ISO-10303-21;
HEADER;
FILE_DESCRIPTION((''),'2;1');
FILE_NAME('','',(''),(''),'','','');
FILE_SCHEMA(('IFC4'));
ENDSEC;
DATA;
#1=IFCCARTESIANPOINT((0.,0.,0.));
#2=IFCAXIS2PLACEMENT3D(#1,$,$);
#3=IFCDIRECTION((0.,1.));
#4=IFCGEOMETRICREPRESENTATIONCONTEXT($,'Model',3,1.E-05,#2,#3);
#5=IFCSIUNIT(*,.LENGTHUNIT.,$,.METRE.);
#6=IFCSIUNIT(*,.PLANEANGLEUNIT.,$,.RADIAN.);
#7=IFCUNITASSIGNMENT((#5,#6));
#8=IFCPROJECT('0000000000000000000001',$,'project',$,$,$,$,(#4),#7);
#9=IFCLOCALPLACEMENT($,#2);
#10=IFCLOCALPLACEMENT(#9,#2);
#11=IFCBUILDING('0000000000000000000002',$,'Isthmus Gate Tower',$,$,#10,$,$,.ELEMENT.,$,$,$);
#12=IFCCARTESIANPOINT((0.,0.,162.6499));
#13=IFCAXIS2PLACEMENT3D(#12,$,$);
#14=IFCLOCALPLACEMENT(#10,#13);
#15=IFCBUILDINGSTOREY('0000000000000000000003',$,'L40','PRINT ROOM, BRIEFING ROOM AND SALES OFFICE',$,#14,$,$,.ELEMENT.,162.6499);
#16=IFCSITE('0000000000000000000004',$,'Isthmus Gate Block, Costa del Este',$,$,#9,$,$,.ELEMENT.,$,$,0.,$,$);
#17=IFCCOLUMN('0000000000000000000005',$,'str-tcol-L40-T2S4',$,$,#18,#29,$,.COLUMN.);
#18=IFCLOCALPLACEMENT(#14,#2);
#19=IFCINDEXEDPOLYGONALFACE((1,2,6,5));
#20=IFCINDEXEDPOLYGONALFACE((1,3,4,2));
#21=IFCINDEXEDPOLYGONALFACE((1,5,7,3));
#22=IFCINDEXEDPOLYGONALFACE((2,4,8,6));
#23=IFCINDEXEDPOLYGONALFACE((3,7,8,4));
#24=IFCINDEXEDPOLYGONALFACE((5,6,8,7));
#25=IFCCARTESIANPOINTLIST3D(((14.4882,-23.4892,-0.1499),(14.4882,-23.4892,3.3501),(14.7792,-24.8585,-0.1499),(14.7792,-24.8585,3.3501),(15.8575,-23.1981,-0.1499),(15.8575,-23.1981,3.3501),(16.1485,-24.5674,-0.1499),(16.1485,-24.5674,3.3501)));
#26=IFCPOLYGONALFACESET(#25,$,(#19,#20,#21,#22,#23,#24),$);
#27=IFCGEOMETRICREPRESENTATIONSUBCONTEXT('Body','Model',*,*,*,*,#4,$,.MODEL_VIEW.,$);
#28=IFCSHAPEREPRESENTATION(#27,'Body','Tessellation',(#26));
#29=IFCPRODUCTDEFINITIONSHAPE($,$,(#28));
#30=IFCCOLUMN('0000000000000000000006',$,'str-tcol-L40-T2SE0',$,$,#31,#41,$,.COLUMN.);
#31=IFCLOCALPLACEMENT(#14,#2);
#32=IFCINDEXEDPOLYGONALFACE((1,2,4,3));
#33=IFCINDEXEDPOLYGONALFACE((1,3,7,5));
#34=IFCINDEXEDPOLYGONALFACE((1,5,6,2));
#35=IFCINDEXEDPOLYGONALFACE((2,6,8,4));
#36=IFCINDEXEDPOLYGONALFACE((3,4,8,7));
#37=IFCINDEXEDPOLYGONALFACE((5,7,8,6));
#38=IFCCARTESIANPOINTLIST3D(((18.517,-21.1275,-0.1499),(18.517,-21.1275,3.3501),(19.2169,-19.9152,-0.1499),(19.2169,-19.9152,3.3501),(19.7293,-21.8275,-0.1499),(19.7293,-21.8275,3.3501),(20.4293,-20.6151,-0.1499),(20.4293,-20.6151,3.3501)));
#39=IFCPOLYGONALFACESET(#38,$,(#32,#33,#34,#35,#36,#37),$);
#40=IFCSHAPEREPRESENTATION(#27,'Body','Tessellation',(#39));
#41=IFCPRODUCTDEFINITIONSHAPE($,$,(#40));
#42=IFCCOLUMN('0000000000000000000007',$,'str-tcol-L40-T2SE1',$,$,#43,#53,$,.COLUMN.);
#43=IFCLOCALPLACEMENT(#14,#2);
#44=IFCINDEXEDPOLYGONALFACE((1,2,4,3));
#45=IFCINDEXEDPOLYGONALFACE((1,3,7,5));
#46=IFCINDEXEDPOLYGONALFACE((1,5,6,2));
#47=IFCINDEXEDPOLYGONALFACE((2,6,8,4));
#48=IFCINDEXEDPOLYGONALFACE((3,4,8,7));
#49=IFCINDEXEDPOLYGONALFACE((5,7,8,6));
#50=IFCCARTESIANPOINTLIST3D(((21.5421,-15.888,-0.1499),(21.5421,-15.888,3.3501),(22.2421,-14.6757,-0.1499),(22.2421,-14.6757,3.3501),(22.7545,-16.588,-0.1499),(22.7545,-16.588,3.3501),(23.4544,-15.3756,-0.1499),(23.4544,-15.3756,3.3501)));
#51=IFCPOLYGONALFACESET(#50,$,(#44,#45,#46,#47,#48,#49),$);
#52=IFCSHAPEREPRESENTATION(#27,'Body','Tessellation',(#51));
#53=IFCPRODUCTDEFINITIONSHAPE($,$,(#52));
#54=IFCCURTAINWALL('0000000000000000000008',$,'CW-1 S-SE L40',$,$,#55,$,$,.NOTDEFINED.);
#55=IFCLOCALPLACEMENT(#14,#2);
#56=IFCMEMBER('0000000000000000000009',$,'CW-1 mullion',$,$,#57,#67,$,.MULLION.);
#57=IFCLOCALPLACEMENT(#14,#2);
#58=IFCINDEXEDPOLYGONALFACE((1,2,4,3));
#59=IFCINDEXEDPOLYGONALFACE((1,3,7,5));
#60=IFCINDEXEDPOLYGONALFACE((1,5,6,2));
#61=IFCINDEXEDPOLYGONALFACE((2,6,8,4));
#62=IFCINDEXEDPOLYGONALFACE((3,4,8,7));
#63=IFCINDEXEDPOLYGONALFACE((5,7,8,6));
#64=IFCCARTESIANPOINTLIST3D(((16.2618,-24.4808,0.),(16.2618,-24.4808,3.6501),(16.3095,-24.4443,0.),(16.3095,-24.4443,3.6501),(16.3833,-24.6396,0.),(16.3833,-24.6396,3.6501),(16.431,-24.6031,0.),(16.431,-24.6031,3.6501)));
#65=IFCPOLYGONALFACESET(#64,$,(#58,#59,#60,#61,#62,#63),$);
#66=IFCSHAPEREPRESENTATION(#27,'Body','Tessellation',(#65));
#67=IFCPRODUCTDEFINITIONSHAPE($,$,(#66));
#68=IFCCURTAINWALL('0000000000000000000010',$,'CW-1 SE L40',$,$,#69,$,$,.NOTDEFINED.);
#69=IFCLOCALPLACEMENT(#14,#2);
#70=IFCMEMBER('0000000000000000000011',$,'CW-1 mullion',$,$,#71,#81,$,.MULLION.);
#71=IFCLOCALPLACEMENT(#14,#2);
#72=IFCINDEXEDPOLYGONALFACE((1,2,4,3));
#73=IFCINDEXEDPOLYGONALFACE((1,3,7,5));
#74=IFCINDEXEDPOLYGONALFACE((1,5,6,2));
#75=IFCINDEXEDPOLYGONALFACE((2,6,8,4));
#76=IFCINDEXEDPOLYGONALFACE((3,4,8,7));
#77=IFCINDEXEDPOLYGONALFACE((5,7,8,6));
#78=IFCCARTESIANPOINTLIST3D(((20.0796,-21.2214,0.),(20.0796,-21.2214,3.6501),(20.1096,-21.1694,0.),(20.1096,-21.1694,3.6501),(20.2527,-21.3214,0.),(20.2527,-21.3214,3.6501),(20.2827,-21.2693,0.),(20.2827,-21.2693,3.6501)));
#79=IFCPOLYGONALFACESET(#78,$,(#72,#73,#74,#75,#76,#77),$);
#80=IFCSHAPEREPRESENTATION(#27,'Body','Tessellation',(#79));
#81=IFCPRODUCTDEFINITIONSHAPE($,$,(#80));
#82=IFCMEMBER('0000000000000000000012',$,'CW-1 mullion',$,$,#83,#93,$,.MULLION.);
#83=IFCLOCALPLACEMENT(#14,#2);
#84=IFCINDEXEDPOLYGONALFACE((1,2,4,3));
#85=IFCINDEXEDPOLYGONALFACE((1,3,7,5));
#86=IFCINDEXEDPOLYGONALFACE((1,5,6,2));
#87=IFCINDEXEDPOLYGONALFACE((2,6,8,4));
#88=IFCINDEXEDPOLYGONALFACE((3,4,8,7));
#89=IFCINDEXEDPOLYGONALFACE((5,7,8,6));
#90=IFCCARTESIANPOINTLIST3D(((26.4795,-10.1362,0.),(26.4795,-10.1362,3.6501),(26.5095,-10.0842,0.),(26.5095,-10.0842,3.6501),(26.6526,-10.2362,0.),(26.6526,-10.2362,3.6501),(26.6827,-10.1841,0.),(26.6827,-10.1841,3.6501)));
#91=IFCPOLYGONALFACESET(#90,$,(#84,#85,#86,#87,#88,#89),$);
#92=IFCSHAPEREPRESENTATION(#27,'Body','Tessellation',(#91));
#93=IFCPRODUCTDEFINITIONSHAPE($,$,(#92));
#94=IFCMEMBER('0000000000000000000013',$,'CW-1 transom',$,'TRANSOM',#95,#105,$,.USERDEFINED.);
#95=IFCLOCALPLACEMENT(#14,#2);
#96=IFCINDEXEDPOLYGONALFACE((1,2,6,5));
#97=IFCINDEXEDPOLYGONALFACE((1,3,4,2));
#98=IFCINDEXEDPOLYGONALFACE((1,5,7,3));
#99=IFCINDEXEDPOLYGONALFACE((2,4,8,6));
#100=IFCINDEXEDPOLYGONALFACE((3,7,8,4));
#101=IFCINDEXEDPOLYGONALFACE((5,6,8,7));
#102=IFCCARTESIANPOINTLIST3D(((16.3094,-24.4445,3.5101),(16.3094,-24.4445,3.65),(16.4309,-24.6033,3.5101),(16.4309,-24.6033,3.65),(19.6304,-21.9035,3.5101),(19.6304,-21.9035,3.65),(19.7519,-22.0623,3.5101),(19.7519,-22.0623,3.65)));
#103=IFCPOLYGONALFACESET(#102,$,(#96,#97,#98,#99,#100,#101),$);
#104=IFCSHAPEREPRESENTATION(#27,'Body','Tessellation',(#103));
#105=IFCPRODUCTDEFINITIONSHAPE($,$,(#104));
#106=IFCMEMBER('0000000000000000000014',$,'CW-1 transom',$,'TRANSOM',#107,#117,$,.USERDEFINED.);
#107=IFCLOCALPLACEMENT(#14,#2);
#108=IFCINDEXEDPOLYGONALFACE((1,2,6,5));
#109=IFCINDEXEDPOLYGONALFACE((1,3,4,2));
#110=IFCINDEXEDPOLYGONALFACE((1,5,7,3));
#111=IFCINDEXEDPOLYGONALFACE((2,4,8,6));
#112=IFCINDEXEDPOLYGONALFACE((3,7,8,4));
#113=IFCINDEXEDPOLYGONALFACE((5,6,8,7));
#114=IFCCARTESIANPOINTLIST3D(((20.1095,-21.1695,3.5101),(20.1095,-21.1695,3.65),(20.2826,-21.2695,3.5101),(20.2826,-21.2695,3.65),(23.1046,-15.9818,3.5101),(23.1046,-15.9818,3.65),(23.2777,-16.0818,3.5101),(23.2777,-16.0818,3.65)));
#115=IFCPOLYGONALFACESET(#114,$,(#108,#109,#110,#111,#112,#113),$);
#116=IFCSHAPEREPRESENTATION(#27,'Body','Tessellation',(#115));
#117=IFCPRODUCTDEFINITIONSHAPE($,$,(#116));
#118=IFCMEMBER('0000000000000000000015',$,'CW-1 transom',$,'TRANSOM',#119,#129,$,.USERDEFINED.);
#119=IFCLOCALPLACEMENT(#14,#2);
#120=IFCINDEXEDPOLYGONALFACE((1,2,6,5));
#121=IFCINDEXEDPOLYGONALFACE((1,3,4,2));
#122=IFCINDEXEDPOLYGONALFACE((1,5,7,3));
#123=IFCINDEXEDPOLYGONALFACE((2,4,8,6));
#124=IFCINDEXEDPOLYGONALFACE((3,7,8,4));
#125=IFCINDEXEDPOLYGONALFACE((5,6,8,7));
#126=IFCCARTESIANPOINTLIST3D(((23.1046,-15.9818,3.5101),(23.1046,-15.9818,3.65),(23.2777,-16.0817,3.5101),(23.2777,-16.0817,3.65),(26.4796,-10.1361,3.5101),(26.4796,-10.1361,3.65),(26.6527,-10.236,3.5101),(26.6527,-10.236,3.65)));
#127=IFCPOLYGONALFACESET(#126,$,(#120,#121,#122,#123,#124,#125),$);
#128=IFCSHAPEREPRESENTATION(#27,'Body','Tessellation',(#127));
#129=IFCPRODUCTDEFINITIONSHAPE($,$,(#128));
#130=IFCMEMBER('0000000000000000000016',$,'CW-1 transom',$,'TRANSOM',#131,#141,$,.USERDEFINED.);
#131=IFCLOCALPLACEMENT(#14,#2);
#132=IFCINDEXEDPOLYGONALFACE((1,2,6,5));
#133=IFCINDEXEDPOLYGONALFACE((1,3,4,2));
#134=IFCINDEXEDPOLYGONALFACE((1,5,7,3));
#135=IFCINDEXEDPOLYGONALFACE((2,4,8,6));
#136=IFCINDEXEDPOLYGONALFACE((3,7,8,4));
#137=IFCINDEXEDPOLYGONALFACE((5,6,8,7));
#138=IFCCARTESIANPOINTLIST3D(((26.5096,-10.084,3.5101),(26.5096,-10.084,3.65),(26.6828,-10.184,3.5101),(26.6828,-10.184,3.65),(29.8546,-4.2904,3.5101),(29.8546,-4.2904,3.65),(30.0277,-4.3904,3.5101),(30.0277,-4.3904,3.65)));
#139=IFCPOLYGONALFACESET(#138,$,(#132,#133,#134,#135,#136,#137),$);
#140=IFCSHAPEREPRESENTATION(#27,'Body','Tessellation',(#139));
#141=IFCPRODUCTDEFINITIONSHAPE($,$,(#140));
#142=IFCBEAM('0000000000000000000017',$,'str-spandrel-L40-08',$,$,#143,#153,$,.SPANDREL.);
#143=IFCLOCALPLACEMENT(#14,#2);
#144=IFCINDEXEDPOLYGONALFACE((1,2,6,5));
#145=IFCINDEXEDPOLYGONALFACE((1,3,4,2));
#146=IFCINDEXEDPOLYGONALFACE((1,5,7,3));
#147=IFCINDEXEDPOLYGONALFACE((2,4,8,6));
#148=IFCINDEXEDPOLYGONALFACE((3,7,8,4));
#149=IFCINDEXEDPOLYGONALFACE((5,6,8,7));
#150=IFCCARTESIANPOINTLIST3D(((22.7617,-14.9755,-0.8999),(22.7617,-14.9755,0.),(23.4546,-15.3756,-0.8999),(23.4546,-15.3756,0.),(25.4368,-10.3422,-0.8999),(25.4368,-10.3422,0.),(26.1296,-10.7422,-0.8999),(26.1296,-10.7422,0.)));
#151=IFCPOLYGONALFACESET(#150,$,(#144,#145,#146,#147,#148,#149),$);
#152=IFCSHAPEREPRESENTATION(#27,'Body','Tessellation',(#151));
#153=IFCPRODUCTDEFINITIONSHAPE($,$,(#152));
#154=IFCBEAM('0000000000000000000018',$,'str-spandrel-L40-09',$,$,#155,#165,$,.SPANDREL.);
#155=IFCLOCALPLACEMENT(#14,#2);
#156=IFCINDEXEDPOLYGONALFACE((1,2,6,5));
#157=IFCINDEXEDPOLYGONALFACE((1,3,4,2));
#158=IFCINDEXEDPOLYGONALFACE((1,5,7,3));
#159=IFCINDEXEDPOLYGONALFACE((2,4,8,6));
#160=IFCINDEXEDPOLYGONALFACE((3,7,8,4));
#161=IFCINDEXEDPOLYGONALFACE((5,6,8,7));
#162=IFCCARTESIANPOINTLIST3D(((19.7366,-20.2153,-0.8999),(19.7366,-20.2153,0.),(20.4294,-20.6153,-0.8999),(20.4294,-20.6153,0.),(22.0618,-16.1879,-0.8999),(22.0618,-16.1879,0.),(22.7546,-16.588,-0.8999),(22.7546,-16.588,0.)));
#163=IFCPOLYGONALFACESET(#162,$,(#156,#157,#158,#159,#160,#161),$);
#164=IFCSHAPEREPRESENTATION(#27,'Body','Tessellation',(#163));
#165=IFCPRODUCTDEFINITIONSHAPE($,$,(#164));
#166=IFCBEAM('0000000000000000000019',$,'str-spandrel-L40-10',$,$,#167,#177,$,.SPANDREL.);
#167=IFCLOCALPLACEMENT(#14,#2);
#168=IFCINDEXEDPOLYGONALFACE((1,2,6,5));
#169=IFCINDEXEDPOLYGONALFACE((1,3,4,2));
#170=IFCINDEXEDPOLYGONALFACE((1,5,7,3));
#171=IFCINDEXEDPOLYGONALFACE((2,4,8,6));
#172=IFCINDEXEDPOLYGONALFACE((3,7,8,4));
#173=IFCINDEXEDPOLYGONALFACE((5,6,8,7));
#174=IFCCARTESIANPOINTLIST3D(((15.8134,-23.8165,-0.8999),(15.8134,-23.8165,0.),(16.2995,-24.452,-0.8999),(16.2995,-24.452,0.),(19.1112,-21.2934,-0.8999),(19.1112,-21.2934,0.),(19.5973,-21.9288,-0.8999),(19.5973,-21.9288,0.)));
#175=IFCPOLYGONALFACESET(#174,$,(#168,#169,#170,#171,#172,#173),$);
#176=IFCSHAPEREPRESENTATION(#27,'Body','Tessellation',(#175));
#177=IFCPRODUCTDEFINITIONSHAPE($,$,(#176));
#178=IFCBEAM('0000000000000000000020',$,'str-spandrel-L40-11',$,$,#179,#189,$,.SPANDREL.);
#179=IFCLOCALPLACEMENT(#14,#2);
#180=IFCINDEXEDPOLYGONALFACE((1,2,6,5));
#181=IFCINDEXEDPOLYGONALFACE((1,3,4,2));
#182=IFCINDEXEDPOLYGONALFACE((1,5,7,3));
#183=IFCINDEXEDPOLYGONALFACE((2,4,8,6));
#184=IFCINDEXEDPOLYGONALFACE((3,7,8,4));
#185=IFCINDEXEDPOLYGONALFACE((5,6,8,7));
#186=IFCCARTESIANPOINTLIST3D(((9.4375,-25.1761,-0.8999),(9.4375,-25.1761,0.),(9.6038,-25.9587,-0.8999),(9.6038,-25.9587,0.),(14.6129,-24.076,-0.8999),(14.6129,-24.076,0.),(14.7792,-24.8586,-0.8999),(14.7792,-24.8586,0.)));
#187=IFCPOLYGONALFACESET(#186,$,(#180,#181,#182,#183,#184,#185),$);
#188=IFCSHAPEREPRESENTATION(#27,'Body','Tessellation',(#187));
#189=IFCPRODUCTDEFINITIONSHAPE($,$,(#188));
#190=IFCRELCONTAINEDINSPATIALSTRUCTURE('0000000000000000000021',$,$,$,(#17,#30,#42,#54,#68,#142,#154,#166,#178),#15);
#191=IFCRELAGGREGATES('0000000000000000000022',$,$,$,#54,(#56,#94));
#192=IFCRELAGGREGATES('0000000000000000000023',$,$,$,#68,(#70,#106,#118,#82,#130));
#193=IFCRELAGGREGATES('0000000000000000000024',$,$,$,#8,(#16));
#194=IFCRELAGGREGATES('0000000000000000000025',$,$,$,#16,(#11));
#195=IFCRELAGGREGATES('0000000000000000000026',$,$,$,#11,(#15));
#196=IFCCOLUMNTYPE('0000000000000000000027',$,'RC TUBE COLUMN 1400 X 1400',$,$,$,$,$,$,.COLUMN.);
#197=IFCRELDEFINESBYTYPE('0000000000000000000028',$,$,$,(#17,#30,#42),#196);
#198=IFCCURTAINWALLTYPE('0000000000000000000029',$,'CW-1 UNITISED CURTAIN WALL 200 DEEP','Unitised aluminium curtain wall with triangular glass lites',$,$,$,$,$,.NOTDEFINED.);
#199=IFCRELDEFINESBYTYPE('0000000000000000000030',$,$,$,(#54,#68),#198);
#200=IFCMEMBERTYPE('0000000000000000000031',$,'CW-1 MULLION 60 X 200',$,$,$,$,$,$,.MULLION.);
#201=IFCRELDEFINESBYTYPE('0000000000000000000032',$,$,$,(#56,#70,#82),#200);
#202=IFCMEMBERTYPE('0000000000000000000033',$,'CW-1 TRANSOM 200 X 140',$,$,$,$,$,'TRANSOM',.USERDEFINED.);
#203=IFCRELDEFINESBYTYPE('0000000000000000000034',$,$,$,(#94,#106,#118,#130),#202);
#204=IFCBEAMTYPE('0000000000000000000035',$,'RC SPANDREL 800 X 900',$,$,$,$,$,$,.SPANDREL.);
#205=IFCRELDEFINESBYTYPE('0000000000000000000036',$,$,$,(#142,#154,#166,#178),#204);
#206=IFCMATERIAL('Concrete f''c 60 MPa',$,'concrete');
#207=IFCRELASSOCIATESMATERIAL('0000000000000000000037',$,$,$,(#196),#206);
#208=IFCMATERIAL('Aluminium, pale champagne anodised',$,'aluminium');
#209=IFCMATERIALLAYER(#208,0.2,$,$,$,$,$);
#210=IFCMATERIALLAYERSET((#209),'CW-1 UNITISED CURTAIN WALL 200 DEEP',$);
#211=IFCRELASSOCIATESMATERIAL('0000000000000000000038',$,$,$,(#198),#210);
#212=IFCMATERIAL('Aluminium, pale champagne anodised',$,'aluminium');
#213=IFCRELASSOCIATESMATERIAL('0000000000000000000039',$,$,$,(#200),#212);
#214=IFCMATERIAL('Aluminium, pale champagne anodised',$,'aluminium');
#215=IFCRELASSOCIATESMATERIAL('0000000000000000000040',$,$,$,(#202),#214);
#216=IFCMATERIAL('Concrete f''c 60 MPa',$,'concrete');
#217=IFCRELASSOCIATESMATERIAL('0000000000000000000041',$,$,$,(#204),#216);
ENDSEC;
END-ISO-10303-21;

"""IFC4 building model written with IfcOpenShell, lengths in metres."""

from ifc_helpers import new_model, si_unit, direction, frame, origin, origin_2d, place, context, subcontext, project, spatial, rectangle, extrude, material, layer, layer_set, material_profile, profile_set, type_object, element, aggregate, save


model = new_model("IFC4")

# Units and contexts
model_context = context("Model", 3, precision=1e-05, world=origin(), true_north=direction((0.0, 1.0)))
body_context = subcontext(model_context, "Body", "Model", "MODEL_VIEW")
ifc_project = project(units=[si_unit("LENGTHUNIT", "METRE"), si_unit("PLANEANGLEUNIT", "RADIAN")], contexts=[model_context])

# Site, building, storey
site_placement = place(None, origin())
site = spatial("IfcSite", under=ifc_project, at=site_placement, Name="Isthmus Gate Block, Costa del Este", CompositionType="ELEMENT", RefElevation=0.0)
building_placement = place(site_placement, origin())
building = spatial("IfcBuilding", under=site, at=building_placement, Name="Isthmus Gate Tower", CompositionType="ELEMENT")
storey_placement = place(building_placement, frame((0.0, 0.0, 162.6499)))
storey = spatial("IfcBuildingStorey", under=building, at=storey_placement, Name="L40", Description="PRINT ROOM, BRIEFING ROOM AND SALES OFFICE", CompositionType="ELEMENT", Elevation=162.6499)

# Columns
ifc_material_1 = material(Name="Concrete f'c 60 MPa", Category="concrete")
ifc_material_profile_1 = material_profile(ifc_material_1, rectangle(XDim=1.3999, YDim=1.3999, at=origin_2d()), Name="RC 1400X1400")
ifc_profile_set_1 = profile_set([ifc_material_profile_1], Name="Concrete f'c 60 MPa")
column_type = type_object("IfcColumnType", Name="RC TUBE COLUMN 1400 X 1400", PredefinedType="COLUMN", material=ifc_profile_set_1)
for number, where, z_axis, x_axis, name in (
    (1, (15.3184, -24.0283, -0.1499), (0.0, 0.0, 1.0), (0.978148, 0.207912, 0.0), "str-tcol-L40-T2S4"),
    (2, (19.4731, -20.8713, -0.1499), (0.0, 0.0, 1.0), (0.5, 0.866025, 0.0), "str-tcol-L40-T2SE0"),
    (3, (22.4983, -15.6318, -0.1499), (0.0, 0.0, 1.0), (0.5, 0.866025, 0.0), "str-tcol-L40-T2SE1"),
):
    element("IfcColumn", number, at=place(storey_placement, frame(where, z_axis=z_axis, x_axis=x_axis)), inside=storey, type_object=column_type, Name=name, PredefinedType="COLUMN", context=body_context, shape_type="SweptSolid", body=[
        extrude(rectangle(XDim=1.3999, YDim=1.3999, at=origin_2d()), origin(), (0.0, 0.0, 1.0), 3.5),
    ])

# Curtain wall, member
ifc_material_2 = material(Name="Aluminium, pale champagne anodised", Category="aluminium")
ifc_layer_1 = layer(ifc_material_2, 0.2)
ifc_layer_set_1 = layer_set([ifc_layer_1], Name="CW-1 UNITISED CURTAIN WALL 200 DEEP")
curtain_wall_type = type_object("IfcCurtainWallType", Name="CW-1 UNITISED CURTAIN WALL 200 DEEP", Description="Unitised aluminium curtain wall with triangular glass lites", PredefinedType="NOTDEFINED", material=ifc_layer_set_1)
curtain_wall_1_placement = place(storey_placement, origin())
curtain_wall_1 = element("IfcCurtainWall", 4, at=curtain_wall_1_placement, inside=storey, type_object=curtain_wall_type, Name="CW-1 S-SE L40", PredefinedType="NOTDEFINED")
ifc_material_3 = material(Name="Aluminium, pale champagne anodised", Category="aluminium")
ifc_material_profile_2 = material_profile(ifc_material_3, rectangle(XDim=0.0601, YDim=0.2, at=origin_2d()), Name="60x200")
ifc_profile_set_2 = profile_set([ifc_material_profile_2], Name="Aluminium, pale champagne anodised")
member_type_1 = type_object("IfcMemberType", Name="CW-1 MULLION 60 X 200", PredefinedType="MULLION", material=ifc_profile_set_2)
member_1_placement = place(storey_placement, frame((16.3464, -24.542, 0.0), z_axis=(0.0, 0.0, 1.0), x_axis=(0.794189, 0.607671, 0.0)))
member_1 = element("IfcMember", 5, at=member_1_placement, type_object=member_type_1, Name="CW-1 mullion", PredefinedType="MULLION", context=body_context, shape_type="SweptSolid", body=[
    extrude(rectangle(XDim=0.0601, YDim=0.2, at=origin_2d()), origin(), (0.0, 0.0, 1.0), 3.6501),
])

# Curtain wall, members
curtain_wall_2_placement = place(storey_placement, origin())
curtain_wall_2 = element("IfcCurtainWall", 6, at=curtain_wall_2_placement, inside=storey, type_object=curtain_wall_type, Name="CW-1 SE L40", PredefinedType="NOTDEFINED")
member_2_placement = place(storey_placement, frame((20.1812, -21.2454, 0.0), z_axis=(0.0, 0.0, 1.0), x_axis=(0.5, 0.866025, 0.0)))
member_2 = element("IfcMember", 7, at=member_2_placement, type_object=member_type_1, Name="CW-1 mullion", PredefinedType="MULLION", context=body_context, shape_type="SweptSolid", body=[
    extrude(rectangle(XDim=0.0601, YDim=0.2, at=origin_2d()), origin(), (0.0, 0.0, 1.0), 3.6501),
])
member_3_placement = place(storey_placement, frame((26.5811, -10.1602, 0.0), z_axis=(0.0, 0.0, 1.0), x_axis=(0.5, 0.866025, 0.0)))
member_3 = element("IfcMember", 8, at=member_3_placement, type_object=member_type_1, Name="CW-1 mullion", PredefinedType="MULLION", context=body_context, shape_type="SweptSolid", body=[
    extrude(rectangle(XDim=0.0601, YDim=0.2, at=origin_2d()), origin(), (0.0, 0.0, 1.0), 3.6501),
])

# Members
ifc_material_4 = material(Name="Aluminium, pale champagne anodised", Category="aluminium")
ifc_material_profile_3 = material_profile(ifc_material_4, rectangle(XDim=0.2, YDim=0.1399, at=origin_2d()), Name="200x140")
ifc_profile_set_3 = profile_set([ifc_material_profile_3], Name="Aluminium, pale champagne anodised")
member_type_2 = type_object("IfcMemberType", Name="CW-1 TRANSOM 200 X 140", ElementType="TRANSOM", PredefinedType="USERDEFINED", material=ifc_profile_set_3)
member_4_placement = place(storey_placement, frame((16.3701, -24.5239, 3.5801), z_axis=(0.794197, 0.60766, 0.0), x_axis=(-0.60766, 0.794197, 0.0)))
member_4 = element("IfcMember", 9, at=member_4_placement, type_object=member_type_2, Name="CW-1 transom", ObjectType="TRANSOM", PredefinedType="USERDEFINED", context=body_context, shape_type="SweptSolid", body=[
    extrude(rectangle(XDim=0.2, YDim=0.1399, at=origin_2d()), origin(), (0.0, 0.0, 1.0), 4.1816),
])
member_5_placement = place(storey_placement, frame((20.196, -21.2195, 3.5801), z_axis=(0.499996, 0.866027, 0.0), x_axis=(-0.866027, 0.499996, 0.0)))
member_5 = element("IfcMember", 10, at=member_5_placement, type_object=member_type_2, Name="CW-1 transom", ObjectType="TRANSOM", PredefinedType="USERDEFINED", context=body_context, shape_type="SweptSolid", body=[
    extrude(rectangle(XDim=0.2, YDim=0.1399, at=origin_2d()), origin(), (0.0, 0.0, 1.0), 5.9902),
])
member_6_placement = place(storey_placement, frame((23.1912, -16.0317, 3.5801), z_axis=(0.499998, 0.866027, 0.0), x_axis=(-0.866027, 0.499998, 0.0)))
member_6 = element("IfcMember", 11, at=member_6_placement, type_object=member_type_2, Name="CW-1 transom", ObjectType="TRANSOM", PredefinedType="USERDEFINED", context=body_context, shape_type="SweptSolid", body=[
    extrude(rectangle(XDim=0.2, YDim=0.1399, at=origin_2d()), origin(), (0.0, 0.0, 1.0), 6.75),
])
member_7_placement = place(storey_placement, frame((26.5962, -10.134, 3.5801), z_axis=(0.499997, 0.866027, 0.0), x_axis=(-0.866027, 0.499997, 0.0)))
member_7 = element("IfcMember", 12, at=member_7_placement, type_object=member_type_2, Name="CW-1 transom", ObjectType="TRANSOM", PredefinedType="USERDEFINED", context=body_context, shape_type="SweptSolid", body=[
    extrude(rectangle(XDim=0.2, YDim=0.1399, at=origin_2d()), origin(), (0.0, 0.0, 1.0), 6.6899),
])

# Beams
ifc_material_5 = material(Name="Concrete f'c 60 MPa", Category="concrete")
ifc_material_profile_4 = material_profile(ifc_material_5, rectangle(XDim=0.8, YDim=0.8999, at=origin_2d()), Name="RC 800X900")
ifc_profile_set_4 = profile_set([ifc_material_profile_4], Name="Concrete f'c 60 MPa")
beam_type_1 = type_object("IfcBeamType", Name="RC SPANDREL 800 X 900", PredefinedType="SPANDREL", material=ifc_profile_set_4)
beam_1_placement = place(storey_placement, frame((25.7832, -10.5422, -0.45), z_axis=(-0.500002, -0.866024, 0.0), x_axis=(0.866024, -0.500002, 0.0)))
element("IfcBeam", 13, at=beam_1_placement, inside=storey, type_object=beam_type_1, Name="str-spandrel-L40-08", PredefinedType="SPANDREL", context=body_context, shape_type="SweptSolid", body=[
    extrude(rectangle(XDim=0.8, YDim=0.8999, at=origin_2d()), origin(), (0.0, 0.0, 1.0), 5.3501),
])
beam_2_placement = place(storey_placement, frame((22.4082, -16.3879, -0.45), z_axis=(-0.500001, -0.866025, 0.0), x_axis=(0.866025, -0.500001, 0.0)))
element("IfcBeam", 14, at=beam_2_placement, inside=storey, type_object=beam_type_1, Name="str-spandrel-L40-09", PredefinedType="SPANDREL", context=body_context, shape_type="SweptSolid", body=[
    extrude(rectangle(XDim=0.8, YDim=0.8999, at=origin_2d()), origin(), (0.0, 0.0, 1.0), 4.6504),
])
beam_3_placement = place(storey_placement, frame((19.3542, -21.6111, -0.45), z_axis=(-0.794206, -0.607649, 0.0), x_axis=(0.607649, -0.794206, 0.0)))
element("IfcBeam", 15, at=beam_3_placement, inside=storey, type_object=beam_type_1, Name="str-spandrel-L40-10", PredefinedType="SPANDREL", context=body_context, shape_type="SweptSolid", body=[
    extrude(rectangle(XDim=0.8, YDim=0.8999, at=origin_2d()), origin(), (0.0, 0.0, 1.0), 4.1523),
])
beam_4_placement = place(storey_placement, frame((14.696, -24.4673, -0.45), z_axis=(-0.978145, -0.207922, 0.0), x_axis=(0.207922, -0.978145, 0.0)))
element("IfcBeam", 16, at=beam_4_placement, inside=storey, type_object=beam_type_1, Name="str-spandrel-L40-11", PredefinedType="SPANDREL", context=body_context, shape_type="SweptSolid", body=[
    extrude(rectangle(XDim=0.8, YDim=0.8999, at=origin_2d()), origin(), (0.0, 0.0, 1.0), 5.291),
])

aggregate(curtain_wall_1, [member_1, member_4])
aggregate(curtain_wall_2, [member_2, member_5, member_6, member_3, member_7])

save(model, "model.ifc")
